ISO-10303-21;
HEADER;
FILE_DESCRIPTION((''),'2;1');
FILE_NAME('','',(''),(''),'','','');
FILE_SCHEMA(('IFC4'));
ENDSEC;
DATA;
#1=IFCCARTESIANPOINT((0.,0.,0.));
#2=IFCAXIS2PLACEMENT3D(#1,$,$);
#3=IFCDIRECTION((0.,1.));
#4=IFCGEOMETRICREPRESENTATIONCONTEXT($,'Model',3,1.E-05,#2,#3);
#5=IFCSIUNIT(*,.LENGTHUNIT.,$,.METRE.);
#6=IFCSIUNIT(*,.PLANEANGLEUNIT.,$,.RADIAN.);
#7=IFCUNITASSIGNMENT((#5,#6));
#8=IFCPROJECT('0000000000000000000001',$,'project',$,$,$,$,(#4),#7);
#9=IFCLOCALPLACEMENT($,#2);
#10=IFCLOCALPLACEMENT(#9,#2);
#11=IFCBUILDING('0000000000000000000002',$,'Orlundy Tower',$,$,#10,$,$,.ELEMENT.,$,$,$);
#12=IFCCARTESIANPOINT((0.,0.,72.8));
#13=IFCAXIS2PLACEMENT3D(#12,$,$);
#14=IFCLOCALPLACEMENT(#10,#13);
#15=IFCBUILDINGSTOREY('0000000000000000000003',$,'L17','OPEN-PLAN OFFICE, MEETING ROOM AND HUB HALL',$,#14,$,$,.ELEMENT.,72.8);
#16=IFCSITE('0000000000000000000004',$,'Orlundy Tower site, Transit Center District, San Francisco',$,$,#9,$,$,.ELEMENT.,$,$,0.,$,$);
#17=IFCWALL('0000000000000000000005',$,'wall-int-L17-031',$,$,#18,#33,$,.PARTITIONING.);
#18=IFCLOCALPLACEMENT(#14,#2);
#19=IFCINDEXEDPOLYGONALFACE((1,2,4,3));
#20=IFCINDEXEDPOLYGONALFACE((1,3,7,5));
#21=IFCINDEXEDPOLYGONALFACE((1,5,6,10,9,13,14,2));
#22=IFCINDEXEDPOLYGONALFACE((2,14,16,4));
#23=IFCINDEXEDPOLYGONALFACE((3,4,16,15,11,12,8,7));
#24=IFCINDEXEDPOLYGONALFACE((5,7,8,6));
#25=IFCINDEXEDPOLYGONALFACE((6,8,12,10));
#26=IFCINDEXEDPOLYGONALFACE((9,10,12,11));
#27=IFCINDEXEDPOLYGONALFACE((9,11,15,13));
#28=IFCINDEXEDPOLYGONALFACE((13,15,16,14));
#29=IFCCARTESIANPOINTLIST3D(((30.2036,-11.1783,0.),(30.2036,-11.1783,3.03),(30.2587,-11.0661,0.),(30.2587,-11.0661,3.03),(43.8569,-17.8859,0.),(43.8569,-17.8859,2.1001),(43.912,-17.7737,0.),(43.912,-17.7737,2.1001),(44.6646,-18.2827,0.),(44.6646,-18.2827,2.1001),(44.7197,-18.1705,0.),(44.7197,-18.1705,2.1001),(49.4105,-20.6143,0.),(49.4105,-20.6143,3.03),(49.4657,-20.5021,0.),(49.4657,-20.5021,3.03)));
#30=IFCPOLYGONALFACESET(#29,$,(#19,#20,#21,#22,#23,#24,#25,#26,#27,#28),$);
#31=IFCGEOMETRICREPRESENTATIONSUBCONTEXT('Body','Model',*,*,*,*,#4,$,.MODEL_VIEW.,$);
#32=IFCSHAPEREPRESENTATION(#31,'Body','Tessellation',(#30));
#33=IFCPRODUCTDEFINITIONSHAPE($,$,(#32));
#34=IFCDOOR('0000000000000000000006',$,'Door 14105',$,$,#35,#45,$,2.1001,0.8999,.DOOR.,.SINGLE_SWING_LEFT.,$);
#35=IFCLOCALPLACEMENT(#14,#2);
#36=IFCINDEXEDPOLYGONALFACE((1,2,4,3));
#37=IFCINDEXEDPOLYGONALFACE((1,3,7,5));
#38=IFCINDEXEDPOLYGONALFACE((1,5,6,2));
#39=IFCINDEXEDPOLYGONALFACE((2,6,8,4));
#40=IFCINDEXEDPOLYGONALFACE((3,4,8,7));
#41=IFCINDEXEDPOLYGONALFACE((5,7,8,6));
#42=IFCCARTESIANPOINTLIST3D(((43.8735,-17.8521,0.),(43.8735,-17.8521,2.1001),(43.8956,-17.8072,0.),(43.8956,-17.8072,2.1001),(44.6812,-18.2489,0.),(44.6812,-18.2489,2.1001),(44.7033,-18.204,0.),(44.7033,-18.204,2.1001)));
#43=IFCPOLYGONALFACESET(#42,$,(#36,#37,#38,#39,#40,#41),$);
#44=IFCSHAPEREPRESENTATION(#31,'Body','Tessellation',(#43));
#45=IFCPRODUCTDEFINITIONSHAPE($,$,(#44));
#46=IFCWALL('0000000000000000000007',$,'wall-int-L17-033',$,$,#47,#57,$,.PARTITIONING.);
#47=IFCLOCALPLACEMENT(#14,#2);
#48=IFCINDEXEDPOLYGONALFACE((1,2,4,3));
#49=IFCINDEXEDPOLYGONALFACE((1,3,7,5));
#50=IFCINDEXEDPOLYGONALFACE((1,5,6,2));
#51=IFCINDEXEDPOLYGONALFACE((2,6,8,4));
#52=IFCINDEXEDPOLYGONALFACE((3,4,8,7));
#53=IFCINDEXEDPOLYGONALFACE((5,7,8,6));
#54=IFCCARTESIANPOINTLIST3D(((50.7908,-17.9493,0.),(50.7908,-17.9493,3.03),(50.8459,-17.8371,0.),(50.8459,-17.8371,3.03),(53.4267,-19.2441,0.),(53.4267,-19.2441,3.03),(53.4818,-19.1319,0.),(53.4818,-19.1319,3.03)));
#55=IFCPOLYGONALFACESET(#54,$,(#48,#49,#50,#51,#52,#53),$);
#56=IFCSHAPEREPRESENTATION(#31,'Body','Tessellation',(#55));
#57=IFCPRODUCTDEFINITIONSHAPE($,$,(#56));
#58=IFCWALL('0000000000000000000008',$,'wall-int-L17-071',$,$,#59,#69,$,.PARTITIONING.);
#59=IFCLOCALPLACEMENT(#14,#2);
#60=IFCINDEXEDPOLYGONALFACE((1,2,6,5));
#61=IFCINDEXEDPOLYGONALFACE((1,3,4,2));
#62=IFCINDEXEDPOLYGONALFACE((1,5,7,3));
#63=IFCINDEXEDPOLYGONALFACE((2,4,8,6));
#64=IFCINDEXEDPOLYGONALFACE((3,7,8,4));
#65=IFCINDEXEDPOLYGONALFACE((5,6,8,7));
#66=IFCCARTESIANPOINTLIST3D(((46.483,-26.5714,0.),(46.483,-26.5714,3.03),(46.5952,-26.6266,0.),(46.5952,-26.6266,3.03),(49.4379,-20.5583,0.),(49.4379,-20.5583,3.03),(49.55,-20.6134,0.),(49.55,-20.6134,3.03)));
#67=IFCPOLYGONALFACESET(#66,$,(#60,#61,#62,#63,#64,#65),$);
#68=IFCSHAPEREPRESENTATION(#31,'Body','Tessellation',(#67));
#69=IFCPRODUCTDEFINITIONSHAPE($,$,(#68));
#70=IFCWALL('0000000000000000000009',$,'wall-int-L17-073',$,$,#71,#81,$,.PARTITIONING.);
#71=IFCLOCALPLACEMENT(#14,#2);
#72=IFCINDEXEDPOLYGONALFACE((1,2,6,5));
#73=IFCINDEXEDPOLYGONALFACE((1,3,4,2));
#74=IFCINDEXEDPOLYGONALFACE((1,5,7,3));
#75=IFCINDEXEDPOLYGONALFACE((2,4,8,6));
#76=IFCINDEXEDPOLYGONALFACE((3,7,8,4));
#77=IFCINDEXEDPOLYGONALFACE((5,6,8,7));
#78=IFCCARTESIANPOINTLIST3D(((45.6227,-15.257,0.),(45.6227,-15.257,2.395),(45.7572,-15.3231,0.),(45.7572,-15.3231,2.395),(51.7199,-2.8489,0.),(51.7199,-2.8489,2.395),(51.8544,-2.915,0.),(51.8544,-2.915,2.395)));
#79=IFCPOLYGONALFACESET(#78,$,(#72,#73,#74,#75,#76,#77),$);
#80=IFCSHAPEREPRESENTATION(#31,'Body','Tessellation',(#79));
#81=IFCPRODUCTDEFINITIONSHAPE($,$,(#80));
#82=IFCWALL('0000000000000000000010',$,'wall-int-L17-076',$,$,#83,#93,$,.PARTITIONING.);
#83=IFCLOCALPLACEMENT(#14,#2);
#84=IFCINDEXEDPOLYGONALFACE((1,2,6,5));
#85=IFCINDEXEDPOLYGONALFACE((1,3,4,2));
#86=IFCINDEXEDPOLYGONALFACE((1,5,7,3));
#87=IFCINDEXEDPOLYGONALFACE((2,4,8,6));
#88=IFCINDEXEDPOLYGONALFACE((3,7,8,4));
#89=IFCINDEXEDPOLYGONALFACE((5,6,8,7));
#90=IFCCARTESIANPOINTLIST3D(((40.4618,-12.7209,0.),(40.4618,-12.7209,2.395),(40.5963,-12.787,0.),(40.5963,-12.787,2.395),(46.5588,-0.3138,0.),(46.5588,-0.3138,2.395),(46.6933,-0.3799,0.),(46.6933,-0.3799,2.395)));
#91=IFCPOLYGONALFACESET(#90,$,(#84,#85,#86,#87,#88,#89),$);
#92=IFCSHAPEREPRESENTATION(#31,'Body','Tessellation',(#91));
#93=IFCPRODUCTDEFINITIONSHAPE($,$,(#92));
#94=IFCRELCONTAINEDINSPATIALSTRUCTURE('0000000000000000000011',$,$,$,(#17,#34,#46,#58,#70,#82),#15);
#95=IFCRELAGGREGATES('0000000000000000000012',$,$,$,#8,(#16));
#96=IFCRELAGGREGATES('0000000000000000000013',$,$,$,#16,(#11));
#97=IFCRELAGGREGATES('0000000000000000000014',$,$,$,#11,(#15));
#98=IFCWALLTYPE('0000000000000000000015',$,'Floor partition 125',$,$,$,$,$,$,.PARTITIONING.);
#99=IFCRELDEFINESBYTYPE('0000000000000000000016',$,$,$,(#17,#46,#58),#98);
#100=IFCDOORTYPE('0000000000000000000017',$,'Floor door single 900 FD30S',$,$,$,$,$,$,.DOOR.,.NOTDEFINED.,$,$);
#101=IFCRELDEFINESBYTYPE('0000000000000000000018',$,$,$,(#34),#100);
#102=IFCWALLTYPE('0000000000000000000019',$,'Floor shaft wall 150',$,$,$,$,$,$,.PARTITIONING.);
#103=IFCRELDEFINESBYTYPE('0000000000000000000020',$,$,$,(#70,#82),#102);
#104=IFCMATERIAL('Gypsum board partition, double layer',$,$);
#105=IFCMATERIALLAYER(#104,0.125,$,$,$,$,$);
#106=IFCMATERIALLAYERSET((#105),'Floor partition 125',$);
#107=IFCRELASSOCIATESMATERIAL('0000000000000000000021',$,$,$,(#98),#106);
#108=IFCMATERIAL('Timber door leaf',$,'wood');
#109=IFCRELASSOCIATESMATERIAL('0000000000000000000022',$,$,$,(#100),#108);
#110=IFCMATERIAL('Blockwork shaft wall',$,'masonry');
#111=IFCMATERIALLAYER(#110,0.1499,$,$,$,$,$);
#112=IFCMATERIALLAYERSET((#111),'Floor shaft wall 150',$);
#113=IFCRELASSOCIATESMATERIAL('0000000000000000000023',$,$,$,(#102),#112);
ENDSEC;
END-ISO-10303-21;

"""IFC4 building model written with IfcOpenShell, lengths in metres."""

from ifc_helpers import new_model, si_unit, direction, frame, frame_2d, origin, place, context, subcontext, project, spatial, rectangle, extrude, material, layer, layer_set, type_object, element, fill, save


model = new_model("IFC4")

# Units and contexts
model_context = context("Model", 3, precision=1e-05, world=origin(), true_north=direction((0.0, 1.0)))
body_context = subcontext(model_context, "Body", "Model", "MODEL_VIEW")
ifc_project = project(units=[si_unit("LENGTHUNIT", "METRE"), si_unit("PLANEANGLEUNIT", "RADIAN")], contexts=[model_context])

# Site, building, storey
site_placement = place(None, origin())
site = spatial("IfcSite", under=ifc_project, at=site_placement, Name="Orlundy Tower site, Transit Center District, San Francisco", CompositionType="ELEMENT", RefElevation=0.0)
building_placement = place(site_placement, origin())
building = spatial("IfcBuilding", under=site, at=building_placement, Name="Orlundy Tower", CompositionType="ELEMENT")
storey_placement = place(building_placement, frame((0.0, 0.0, 72.8)))
storey = spatial("IfcBuildingStorey", under=building, at=storey_placement, Name="L17", Description="OPEN-PLAN OFFICE, MEETING ROOM AND HUB HALL", CompositionType="ELEMENT", Elevation=72.8)

# Shared definitions
ifc_material_1 = material(Name="Gypsum board partition, double layer")
ifc_layer_1 = layer(ifc_material_1, 0.125)
ifc_layer_set_1 = layer_set([ifc_layer_1], Name="Floor partition 125")
wall_type_1 = type_object("IfcWallType", Name="Floor partition 125", PredefinedType="PARTITIONING", material=ifc_layer_set_1)
ifc_material_2 = material(Name="Timber door leaf", Category="wood")
door_type = type_object("IfcDoorType", Name="Floor door single 900 FD30S", OperationType="NOTDEFINED", PredefinedType="DOOR", material=ifc_material_2)

# Wall, opening, door
wall_1_placement = place(storey_placement, frame((49.438, -20.5581, 0.0), z_axis=(0.0, 0.0, 1.0), x_axis=(-0.897536, 0.440942, 0.0)))
wall_1 = element("IfcWall", 1, at=wall_1_placement, inside=storey, type_object=wall_type_1, Name="wall-int-L17-031", PredefinedType="PARTITIONING", context=body_context, shape_type="SweptSolid", body=[
    extrude(rectangle(XDim=21.3997, YDim=0.125, at=frame_2d((10.6997, 0.0))), origin(), (0.0, 0.0, 1.0), 3.03),
])
opening_1_placement = place(wall_1_placement, frame((5.2876, 0.0, 0.0)))
opening_1 = element("IfcOpeningElement", 2, at=opening_1_placement, cuts=wall_1, PredefinedType="OPENING", context=body_context, shape_type="SweptSolid", body=[
    extrude(rectangle(XDim=0.8999, YDim=2.1001, at=frame_2d((0.45, 1.05))), frame((0.0, 0.0725, 0.0), z_axis=(0.0, -1.0, 0.0), x_axis=(1.0, 0.0, 0.0)), (0.0, 0.0, 1.0), 0.145),
])
door_1_placement = place(opening_1_placement, origin())
door_1 = element("IfcDoor", 3, at=door_1_placement, inside=storey, type_object=door_type, Name="Door 14105", OperationType="SINGLE_SWING_LEFT", OverallHeight=2.1001, OverallWidth=0.8999, PredefinedType="DOOR", context=body_context, shape_type="SweptSolid", body=[
    extrude(rectangle(XDim=0.8999, YDim=2.1001, at=frame_2d((0.45, 1.05))), frame((0.0, 0.0249, 0.0), z_axis=(0.0, -1.0, 0.0), x_axis=(1.0, 0.0, 0.0)), (0.0, 0.0, 1.0), 0.05),
])
fill(opening_1, door_1)

# Walls
wall_2_placement = place(storey_placement, frame((53.4541, -19.188, 0.0), z_axis=(0.0, 0.0, 1.0), x_axis=(-0.897547, 0.440918, 0.0)))
element("IfcWall", 4, at=wall_2_placement, inside=storey, type_object=wall_type_1, Name="wall-int-L17-033", PredefinedType="PARTITIONING", context=body_context, shape_type="SweptSolid", body=[
    extrude(rectangle(XDim=2.9368, YDim=0.125, at=frame_2d((1.4683, 0.0))), origin(), (0.0, 0.0, 1.0), 3.03),
])
wall_3_placement = place(storey_placement, frame((46.5391, -26.5991, 0.0), z_axis=(0.0, 0.0, 1.0), x_axis=(0.441023, 0.897496, 0.0)))
element("IfcWall", 5, at=wall_3_placement, inside=storey, type_object=wall_type_1, Name="wall-int-L17-071", PredefinedType="PARTITIONING", context=body_context, shape_type="SweptSolid", body=[
    extrude(rectangle(XDim=6.7, YDim=0.125, at=frame_2d((3.3501, 0.0))), origin(), (0.0, 0.0, 1.0), 3.03),
])
ifc_material_3 = material(Name="Blockwork shaft wall", Category="masonry")
ifc_layer_2 = layer(ifc_material_3, 0.1499)
ifc_layer_set_2 = layer_set([ifc_layer_2], Name="Floor shaft wall 150")
wall_type_2 = type_object("IfcWallType", Name="Floor shaft wall 150", PredefinedType="PARTITIONING", material=ifc_layer_set_2)
wall_4_placement = place(storey_placement, frame((45.6899, -15.29, 0.0), z_axis=(0.0, 0.0, 1.0), x_axis=(0.441022, 0.897496, 0.0)))
element("IfcWall", 6, at=wall_4_placement, inside=storey, type_object=wall_type_2, Name="wall-int-L17-073", PredefinedType="PARTITIONING", context=body_context, shape_type="SweptSolid", body=[
    extrude(rectangle(XDim=13.8252, YDim=0.1499, at=frame_2d((6.9126, 0.0))), origin(), (0.0, 0.0, 1.0), 2.395),
])
wall_5_placement = place(storey_placement, frame((40.5291, -12.7539, 0.0), z_axis=(0.0, 0.0, 1.0), x_axis=(0.441036, 0.897489, 0.0)))
element("IfcWall", 7, at=wall_5_placement, inside=storey, type_object=wall_type_2, Name="wall-int-L17-076", PredefinedType="PARTITIONING", context=body_context, shape_type="SweptSolid", body=[
    extrude(rectangle(XDim=13.8242, YDim=0.1499, at=frame_2d((6.9121, 0.0))), origin(), (0.0, 0.0, 1.0), 2.395),
])

save(model, "model.ifc")
